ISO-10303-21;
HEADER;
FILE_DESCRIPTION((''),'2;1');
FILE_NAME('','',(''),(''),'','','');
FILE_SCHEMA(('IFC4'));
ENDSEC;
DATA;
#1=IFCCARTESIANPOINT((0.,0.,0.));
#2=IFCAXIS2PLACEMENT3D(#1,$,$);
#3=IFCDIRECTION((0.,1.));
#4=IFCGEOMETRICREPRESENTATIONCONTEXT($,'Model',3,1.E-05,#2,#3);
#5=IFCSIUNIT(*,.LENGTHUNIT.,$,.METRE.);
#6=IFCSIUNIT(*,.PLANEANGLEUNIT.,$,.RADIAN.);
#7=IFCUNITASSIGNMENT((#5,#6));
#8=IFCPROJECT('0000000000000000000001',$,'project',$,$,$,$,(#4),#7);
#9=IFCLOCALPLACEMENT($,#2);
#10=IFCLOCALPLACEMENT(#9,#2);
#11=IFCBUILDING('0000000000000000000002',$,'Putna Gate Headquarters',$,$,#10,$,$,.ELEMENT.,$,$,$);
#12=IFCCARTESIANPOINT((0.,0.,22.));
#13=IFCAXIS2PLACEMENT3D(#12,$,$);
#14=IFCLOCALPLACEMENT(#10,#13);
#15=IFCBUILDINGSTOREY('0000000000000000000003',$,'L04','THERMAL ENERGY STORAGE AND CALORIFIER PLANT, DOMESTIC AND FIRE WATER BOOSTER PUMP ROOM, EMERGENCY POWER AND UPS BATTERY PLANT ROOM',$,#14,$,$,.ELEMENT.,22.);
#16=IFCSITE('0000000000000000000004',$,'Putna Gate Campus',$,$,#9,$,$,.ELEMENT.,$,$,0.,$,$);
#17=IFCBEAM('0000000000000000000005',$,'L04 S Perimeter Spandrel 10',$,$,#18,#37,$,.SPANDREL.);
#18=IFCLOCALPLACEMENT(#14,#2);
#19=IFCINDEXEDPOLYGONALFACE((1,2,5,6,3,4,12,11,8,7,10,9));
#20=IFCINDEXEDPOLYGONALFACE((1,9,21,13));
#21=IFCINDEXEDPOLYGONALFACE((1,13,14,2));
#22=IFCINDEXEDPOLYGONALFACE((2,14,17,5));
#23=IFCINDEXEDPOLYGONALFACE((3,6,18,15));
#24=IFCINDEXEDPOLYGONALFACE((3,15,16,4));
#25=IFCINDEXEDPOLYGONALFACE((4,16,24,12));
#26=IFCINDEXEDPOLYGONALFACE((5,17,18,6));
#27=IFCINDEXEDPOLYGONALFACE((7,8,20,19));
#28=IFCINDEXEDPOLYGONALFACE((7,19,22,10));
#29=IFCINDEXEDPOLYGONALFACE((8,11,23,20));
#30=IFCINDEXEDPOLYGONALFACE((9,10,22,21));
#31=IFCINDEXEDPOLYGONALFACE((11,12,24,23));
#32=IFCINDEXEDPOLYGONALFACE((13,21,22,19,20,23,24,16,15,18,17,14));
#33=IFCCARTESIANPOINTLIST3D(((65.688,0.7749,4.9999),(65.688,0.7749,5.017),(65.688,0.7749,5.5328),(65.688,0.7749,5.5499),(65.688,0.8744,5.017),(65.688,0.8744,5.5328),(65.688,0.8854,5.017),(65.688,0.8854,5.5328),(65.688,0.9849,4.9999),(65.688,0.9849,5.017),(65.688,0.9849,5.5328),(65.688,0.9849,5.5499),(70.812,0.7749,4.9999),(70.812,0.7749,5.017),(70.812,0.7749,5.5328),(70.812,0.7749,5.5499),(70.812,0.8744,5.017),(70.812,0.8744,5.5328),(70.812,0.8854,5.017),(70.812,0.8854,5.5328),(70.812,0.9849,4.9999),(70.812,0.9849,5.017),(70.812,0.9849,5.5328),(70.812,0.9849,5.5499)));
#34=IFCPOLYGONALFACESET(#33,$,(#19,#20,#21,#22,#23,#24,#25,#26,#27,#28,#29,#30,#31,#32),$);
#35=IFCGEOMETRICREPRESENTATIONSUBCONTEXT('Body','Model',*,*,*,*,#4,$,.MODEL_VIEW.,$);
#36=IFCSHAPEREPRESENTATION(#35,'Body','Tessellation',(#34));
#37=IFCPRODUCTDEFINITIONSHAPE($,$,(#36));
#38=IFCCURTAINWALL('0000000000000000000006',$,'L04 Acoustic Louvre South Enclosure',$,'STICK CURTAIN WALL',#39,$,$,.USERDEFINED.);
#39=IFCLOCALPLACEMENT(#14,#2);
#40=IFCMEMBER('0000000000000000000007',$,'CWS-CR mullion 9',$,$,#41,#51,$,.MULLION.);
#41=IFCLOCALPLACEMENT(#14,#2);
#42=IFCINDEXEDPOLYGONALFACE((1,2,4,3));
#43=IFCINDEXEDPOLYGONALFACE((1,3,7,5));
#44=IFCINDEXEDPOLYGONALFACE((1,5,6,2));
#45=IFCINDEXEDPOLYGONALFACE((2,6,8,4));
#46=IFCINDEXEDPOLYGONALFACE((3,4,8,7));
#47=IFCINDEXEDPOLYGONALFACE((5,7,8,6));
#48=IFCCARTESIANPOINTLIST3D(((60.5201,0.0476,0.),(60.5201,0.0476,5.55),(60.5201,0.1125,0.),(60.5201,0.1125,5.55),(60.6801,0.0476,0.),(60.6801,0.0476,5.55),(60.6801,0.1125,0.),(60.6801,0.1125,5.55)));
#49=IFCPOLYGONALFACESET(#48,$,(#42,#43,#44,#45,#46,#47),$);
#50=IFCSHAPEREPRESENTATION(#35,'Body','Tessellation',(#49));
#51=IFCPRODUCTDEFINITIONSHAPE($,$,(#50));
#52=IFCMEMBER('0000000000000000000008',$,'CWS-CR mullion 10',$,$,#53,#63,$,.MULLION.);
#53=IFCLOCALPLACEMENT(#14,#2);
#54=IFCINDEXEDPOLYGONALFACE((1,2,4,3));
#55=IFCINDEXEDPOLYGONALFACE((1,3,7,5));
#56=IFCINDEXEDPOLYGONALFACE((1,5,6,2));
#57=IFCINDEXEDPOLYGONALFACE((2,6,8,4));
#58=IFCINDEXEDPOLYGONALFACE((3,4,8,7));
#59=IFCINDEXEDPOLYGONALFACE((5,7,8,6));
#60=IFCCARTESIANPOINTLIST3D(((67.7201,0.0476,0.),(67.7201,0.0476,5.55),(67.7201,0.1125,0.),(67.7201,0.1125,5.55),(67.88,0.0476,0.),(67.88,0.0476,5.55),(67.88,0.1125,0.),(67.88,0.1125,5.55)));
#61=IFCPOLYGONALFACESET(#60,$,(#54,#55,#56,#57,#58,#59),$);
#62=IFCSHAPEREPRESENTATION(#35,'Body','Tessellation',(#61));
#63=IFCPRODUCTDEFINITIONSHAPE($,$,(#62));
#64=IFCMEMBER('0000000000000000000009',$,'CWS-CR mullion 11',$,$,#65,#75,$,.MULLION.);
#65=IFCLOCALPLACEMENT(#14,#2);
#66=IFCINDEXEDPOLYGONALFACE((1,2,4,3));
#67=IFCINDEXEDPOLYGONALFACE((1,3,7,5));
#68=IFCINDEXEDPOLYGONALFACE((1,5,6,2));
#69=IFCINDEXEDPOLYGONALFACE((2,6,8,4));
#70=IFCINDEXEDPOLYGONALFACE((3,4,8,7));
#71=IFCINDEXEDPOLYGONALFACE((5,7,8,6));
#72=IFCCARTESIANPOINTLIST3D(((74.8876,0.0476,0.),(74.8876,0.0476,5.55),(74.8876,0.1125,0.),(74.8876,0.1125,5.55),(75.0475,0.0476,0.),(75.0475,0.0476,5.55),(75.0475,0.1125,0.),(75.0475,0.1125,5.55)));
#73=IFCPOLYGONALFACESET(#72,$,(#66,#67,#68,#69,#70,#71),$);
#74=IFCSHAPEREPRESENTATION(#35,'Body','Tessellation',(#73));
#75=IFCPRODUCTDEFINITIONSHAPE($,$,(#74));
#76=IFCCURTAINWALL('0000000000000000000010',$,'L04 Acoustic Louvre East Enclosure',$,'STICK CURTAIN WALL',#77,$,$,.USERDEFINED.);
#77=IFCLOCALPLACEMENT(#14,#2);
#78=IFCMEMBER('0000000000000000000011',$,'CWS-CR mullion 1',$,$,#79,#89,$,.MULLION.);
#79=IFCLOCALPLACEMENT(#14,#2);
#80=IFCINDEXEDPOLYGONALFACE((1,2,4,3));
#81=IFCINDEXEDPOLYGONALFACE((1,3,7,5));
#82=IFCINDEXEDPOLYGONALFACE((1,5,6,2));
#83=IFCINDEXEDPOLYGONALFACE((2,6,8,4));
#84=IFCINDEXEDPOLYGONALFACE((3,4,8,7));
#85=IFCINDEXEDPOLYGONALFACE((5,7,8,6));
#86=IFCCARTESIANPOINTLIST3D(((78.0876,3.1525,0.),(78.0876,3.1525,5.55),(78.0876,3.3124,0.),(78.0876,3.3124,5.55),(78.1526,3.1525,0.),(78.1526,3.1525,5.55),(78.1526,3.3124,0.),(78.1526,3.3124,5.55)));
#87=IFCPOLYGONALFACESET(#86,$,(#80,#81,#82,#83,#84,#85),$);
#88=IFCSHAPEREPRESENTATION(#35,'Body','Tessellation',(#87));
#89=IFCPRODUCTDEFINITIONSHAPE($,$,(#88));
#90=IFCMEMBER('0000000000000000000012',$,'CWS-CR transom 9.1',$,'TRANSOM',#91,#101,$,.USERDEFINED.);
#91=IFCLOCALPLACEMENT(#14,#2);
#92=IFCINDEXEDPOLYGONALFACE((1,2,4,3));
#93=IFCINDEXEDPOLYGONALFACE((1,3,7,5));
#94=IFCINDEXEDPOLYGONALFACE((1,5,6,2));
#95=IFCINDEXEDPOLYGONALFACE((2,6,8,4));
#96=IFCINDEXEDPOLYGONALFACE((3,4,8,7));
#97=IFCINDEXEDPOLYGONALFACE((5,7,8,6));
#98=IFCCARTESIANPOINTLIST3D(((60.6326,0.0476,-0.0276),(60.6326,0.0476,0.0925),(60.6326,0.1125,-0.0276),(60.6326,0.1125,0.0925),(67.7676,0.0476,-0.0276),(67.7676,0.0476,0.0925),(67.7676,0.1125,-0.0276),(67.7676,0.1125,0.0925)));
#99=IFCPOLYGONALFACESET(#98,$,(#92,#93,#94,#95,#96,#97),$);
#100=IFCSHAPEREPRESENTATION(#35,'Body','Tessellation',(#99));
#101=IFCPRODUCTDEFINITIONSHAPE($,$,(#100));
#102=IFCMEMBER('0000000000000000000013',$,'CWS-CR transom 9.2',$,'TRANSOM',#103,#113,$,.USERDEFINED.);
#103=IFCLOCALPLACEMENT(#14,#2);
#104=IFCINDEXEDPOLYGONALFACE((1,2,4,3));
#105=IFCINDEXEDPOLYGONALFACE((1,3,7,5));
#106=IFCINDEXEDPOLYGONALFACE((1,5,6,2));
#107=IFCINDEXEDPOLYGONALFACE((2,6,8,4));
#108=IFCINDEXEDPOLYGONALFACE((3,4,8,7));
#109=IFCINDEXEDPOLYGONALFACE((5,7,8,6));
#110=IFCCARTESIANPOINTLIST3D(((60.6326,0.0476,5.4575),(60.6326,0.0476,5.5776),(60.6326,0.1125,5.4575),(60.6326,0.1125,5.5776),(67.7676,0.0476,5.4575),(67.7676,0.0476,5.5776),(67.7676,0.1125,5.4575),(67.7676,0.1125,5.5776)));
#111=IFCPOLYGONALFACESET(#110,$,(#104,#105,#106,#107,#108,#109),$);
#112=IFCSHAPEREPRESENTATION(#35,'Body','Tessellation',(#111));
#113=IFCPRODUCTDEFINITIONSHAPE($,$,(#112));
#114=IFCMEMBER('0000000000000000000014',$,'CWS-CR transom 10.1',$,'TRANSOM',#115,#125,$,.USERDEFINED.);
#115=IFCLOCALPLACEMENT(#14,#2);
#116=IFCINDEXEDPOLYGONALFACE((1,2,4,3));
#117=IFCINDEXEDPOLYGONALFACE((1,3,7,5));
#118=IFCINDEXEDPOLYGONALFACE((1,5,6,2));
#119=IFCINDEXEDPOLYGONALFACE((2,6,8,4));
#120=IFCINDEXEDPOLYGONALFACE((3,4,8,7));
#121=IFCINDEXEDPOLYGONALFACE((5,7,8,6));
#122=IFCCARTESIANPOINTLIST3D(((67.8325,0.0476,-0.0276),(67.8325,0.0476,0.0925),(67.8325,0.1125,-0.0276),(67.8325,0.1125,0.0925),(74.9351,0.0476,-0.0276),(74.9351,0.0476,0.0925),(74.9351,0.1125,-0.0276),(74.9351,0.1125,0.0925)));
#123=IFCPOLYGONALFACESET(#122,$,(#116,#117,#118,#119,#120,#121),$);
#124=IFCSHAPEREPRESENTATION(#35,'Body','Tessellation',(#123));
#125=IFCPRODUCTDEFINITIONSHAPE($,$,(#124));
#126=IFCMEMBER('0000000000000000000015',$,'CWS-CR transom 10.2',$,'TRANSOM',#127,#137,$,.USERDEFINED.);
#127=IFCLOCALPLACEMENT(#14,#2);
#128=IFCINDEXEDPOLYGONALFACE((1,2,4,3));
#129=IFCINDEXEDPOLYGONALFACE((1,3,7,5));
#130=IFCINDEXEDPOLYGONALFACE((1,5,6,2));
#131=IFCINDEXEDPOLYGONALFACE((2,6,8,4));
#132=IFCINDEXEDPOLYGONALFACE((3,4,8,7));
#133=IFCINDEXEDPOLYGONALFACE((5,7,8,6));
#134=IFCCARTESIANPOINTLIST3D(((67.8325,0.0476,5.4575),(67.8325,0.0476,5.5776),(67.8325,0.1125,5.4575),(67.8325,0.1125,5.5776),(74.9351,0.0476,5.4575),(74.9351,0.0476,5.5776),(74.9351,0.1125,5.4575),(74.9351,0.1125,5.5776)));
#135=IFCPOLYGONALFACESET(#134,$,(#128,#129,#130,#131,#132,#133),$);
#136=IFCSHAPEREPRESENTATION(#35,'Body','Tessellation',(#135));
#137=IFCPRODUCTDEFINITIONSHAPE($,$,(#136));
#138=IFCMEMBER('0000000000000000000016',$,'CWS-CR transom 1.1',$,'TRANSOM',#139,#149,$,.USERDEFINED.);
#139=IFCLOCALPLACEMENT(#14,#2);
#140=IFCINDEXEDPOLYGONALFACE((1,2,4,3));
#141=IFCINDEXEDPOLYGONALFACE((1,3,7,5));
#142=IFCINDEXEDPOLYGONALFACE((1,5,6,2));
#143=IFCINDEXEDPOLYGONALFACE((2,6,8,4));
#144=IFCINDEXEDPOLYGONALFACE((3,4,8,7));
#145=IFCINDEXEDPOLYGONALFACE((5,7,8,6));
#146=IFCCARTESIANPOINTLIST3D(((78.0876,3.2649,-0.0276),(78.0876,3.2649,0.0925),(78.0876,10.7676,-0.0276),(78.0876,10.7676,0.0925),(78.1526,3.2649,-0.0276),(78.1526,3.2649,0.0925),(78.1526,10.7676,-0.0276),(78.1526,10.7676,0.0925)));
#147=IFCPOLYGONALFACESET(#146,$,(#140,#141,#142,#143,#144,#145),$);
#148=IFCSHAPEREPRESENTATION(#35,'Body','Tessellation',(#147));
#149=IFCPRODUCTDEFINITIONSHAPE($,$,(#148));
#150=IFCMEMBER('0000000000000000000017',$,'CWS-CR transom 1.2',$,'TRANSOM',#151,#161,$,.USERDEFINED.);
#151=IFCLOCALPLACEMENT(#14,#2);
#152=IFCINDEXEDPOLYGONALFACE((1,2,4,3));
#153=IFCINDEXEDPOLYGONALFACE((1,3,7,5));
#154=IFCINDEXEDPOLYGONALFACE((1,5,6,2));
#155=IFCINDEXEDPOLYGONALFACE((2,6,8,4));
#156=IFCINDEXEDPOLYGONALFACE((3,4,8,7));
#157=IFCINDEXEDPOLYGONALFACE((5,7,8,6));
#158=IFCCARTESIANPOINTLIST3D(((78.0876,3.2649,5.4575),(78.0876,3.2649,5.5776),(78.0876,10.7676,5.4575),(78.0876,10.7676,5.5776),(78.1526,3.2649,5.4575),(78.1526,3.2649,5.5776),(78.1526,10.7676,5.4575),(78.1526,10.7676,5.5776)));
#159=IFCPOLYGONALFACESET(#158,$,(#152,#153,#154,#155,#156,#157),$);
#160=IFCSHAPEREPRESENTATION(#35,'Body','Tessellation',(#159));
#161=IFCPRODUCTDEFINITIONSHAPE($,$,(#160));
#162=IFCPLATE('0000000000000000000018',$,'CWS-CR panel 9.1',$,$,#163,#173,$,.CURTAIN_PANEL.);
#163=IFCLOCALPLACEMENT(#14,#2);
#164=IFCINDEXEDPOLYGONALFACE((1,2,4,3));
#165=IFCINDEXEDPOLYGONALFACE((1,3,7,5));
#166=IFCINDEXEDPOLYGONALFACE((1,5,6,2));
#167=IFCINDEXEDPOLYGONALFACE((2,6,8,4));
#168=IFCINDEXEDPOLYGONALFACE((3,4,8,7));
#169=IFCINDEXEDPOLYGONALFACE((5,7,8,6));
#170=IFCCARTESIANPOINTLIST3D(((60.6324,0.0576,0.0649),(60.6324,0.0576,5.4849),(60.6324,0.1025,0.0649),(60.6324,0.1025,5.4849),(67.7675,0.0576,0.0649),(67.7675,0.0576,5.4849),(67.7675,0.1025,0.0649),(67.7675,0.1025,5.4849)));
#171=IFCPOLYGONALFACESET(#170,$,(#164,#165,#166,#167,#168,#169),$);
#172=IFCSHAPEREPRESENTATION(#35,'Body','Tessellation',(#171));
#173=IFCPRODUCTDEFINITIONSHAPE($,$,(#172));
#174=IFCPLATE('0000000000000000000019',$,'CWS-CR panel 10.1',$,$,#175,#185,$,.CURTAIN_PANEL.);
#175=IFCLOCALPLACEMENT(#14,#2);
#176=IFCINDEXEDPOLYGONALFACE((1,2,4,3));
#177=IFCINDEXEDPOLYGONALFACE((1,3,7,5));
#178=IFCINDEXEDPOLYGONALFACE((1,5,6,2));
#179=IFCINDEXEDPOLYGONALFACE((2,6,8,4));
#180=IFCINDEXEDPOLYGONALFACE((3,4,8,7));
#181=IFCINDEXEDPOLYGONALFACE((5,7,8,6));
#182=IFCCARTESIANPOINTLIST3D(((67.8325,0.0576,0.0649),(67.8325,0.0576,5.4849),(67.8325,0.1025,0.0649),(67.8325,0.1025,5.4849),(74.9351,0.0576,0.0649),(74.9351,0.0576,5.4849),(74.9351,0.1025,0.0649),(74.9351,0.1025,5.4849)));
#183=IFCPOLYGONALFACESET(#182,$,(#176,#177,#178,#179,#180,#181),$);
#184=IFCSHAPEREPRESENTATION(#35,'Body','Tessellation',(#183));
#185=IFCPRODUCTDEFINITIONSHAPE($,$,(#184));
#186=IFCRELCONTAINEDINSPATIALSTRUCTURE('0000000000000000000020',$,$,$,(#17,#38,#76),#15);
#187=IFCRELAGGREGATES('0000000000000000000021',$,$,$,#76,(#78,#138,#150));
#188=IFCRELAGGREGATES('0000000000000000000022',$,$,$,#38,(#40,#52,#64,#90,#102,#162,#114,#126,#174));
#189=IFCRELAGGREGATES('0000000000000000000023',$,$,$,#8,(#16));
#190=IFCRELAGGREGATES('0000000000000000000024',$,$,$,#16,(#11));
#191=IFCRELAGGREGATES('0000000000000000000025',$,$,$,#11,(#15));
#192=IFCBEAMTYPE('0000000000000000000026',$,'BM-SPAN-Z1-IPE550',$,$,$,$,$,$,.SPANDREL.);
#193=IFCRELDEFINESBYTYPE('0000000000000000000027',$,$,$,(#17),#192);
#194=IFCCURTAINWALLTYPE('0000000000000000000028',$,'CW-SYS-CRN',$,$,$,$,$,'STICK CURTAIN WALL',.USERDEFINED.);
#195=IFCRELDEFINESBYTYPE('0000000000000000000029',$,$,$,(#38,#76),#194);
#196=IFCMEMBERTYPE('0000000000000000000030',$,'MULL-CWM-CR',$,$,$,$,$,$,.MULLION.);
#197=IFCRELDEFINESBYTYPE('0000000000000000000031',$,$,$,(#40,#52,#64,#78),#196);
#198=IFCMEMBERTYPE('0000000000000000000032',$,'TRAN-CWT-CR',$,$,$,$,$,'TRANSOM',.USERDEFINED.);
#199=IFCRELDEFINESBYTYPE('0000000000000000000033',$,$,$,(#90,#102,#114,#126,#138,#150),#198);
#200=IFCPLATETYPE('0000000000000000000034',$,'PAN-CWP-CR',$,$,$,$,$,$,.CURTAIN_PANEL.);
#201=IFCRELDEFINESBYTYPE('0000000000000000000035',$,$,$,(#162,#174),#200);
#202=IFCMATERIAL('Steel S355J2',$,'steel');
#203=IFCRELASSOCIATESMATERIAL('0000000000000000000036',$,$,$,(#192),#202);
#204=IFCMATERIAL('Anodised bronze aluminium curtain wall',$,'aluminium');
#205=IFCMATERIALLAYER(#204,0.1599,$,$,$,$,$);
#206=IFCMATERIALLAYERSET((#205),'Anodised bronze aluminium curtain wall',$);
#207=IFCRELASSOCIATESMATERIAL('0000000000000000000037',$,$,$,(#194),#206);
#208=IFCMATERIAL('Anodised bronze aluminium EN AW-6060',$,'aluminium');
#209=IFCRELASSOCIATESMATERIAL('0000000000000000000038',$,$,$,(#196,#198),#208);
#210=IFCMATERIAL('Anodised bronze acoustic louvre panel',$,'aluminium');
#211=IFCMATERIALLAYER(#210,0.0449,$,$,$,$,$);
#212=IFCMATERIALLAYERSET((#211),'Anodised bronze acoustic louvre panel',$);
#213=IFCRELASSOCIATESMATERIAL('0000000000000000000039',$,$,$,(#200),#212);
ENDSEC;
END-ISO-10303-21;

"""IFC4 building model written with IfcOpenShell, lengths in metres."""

from ifc_helpers import new_model, si_unit, direction, frame, origin, origin_2d, place, context, subcontext, project, spatial, rectangle, i_section, extrude, material, layer, layer_set, material_profile, profile_set, type_object, element, aggregate, save


model = new_model("IFC4")

# Units and contexts
model_context = context("Model", 3, precision=1e-05, world=origin(), true_north=direction((0.0, 1.0)))
body_context = subcontext(model_context, "Body", "Model", "MODEL_VIEW")
ifc_project = project(units=[si_unit("LENGTHUNIT", "METRE"), si_unit("PLANEANGLEUNIT", "RADIAN")], contexts=[model_context])

# Site, building, storey
site_placement = place(None, origin())
site = spatial("IfcSite", under=ifc_project, at=site_placement, Name="Putna Gate Campus", CompositionType="ELEMENT", RefElevation=0.0)
building_placement = place(site_placement, origin())
building = spatial("IfcBuilding", under=site, at=building_placement, Name="Putna Gate Headquarters", CompositionType="ELEMENT")
storey_placement = place(building_placement, frame((0.0, 0.0, 22.0)))
storey = spatial("IfcBuildingStorey", under=building, at=storey_placement, Name="L04", Description="THERMAL ENERGY STORAGE AND CALORIFIER PLANT, DOMESTIC AND FIRE WATER BOOSTER PUMP ROOM, EMERGENCY POWER AND UPS BATTERY PLANT ROOM", CompositionType="ELEMENT", Elevation=22.0)

# Beam
ifc_material_1 = material(Name="Steel S355J2", Category="steel")
ifc_material_profile_1 = material_profile(ifc_material_1, i_section(OverallWidth=0.21, OverallDepth=0.55, WebThickness=0.011, FlangeThickness=0.0171, at=origin_2d()), Name="Steel S355J2")
ifc_profile_set_1 = profile_set([ifc_material_profile_1], Name="Steel S355J2")
beam_type_1 = type_object("IfcBeamType", Name="BM-SPAN-Z1-IPE550", PredefinedType="SPANDREL", material=ifc_profile_set_1)
for number, where, z_axis, x_axis, name in (
    (1, (65.688, 0.8799, 5.2749), (1.0, 0.0, 0.0), (0.0, 1.0, 0.0), "L04 S Perimeter Spandrel 10"),
):
    element("IfcBeam", number, at=place(storey_placement, frame(where, z_axis=z_axis, x_axis=x_axis)), inside=storey, type_object=beam_type_1, Name=name, PredefinedType="SPANDREL", context=body_context, shape_type="SweptSolid", body=[
        extrude(i_section(OverallWidth=0.21, OverallDepth=0.55, WebThickness=0.011, FlangeThickness=0.0171, at=origin_2d()), origin(), (0.0, 0.0, 1.0), 5.124),
    ])

# Curtain wall, members
ifc_material_2 = material(Name="Anodised bronze aluminium curtain wall", Category="aluminium")
ifc_layer_1 = layer(ifc_material_2, 0.1599)
ifc_layer_set_1 = layer_set([ifc_layer_1], Name="Anodised bronze aluminium curtain wall")
curtain_wall_type = type_object("IfcCurtainWallType", Name="CW-SYS-CRN", ElementType="STICK CURTAIN WALL", PredefinedType="USERDEFINED", material=ifc_layer_set_1)
curtain_wall_1_placement = place(storey_placement, origin())
curtain_wall_1 = element("IfcCurtainWall", 2, at=curtain_wall_1_placement, inside=storey, type_object=curtain_wall_type, Name="L04 Acoustic Louvre South Enclosure", ObjectType="STICK CURTAIN WALL", PredefinedType="USERDEFINED")
ifc_material_3 = material(Name="Anodised bronze aluminium EN AW-6060", Category="aluminium")
ifc_material_profile_2 = material_profile(ifc_material_3, rectangle(XDim=0.0649, YDim=0.1599, at=origin_2d()), Name="Anodised bronze aluminium EN AW-6060")
ifc_profile_set_2 = profile_set([ifc_material_profile_2], Name="Anodised bronze aluminium EN AW-6060")
member_type_1 = type_object("IfcMemberType", Name="MULL-CWM-CR", PredefinedType="MULLION", material=ifc_profile_set_2)
member_1_placement = place(storey_placement, frame((60.6001, 0.0801, 0.0), z_axis=(0.0, 0.0, 1.0), x_axis=(0.0, 1.0, 0.0)))
member_1 = element("IfcMember", 3, at=member_1_placement, type_object=member_type_1, Name="CWS-CR mullion 9", PredefinedType="MULLION", context=body_context, shape_type="SweptSolid", body=[
    extrude(rectangle(XDim=0.0649, YDim=0.1599, at=origin_2d()), origin(), (0.0, 0.0, 1.0), 5.55),
])
member_2_placement = place(storey_placement, frame((67.8, 0.0801, 0.0), z_axis=(0.0, 0.0, 1.0), x_axis=(0.0, 1.0, 0.0)))
member_2 = element("IfcMember", 4, at=member_2_placement, type_object=member_type_1, Name="CWS-CR mullion 10", PredefinedType="MULLION", context=body_context, shape_type="SweptSolid", body=[
    extrude(rectangle(XDim=0.0649, YDim=0.1599, at=origin_2d()), origin(), (0.0, 0.0, 1.0), 5.55),
])
member_3_placement = place(storey_placement, frame((74.9675, 0.0801, 0.0), z_axis=(0.0, 0.0, 1.0), x_axis=(0.0, 1.0, 0.0)))
member_3 = element("IfcMember", 5, at=member_3_placement, type_object=member_type_1, Name="CWS-CR mullion 11", PredefinedType="MULLION", context=body_context, shape_type="SweptSolid", body=[
    extrude(rectangle(XDim=0.0649, YDim=0.1599, at=origin_2d()), origin(), (0.0, 0.0, 1.0), 5.55),
])

# Curtain wall, member
curtain_wall_2_placement = place(storey_placement, origin())
curtain_wall_2 = element("IfcCurtainWall", 6, at=curtain_wall_2_placement, inside=storey, type_object=curtain_wall_type, Name="L04 Acoustic Louvre East Enclosure", ObjectType="STICK CURTAIN WALL", PredefinedType="USERDEFINED")
member_4_placement = place(storey_placement, frame((78.1201, 3.2324, 0.0), z_axis=(0.0, 0.0, 1.0), x_axis=(-1.0, 0.0, 0.0)))
member_4 = element("IfcMember", 7, at=member_4_placement, type_object=member_type_1, Name="CWS-CR mullion 1", PredefinedType="MULLION", context=body_context, shape_type="SweptSolid", body=[
    extrude(rectangle(XDim=0.0649, YDim=0.1599, at=origin_2d()), origin(), (0.0, 0.0, 1.0), 5.55),
])

# Members
ifc_material_profile_3 = material_profile(ifc_material_3, rectangle(XDim=0.0649, YDim=0.1201, at=origin_2d()), Name="Anodised bronze aluminium EN AW-6060")
ifc_profile_set_3 = profile_set([ifc_material_profile_3], Name="Anodised bronze aluminium EN AW-6060")
member_type_2 = type_object("IfcMemberType", Name="TRAN-CWT-CR", ElementType="TRANSOM", PredefinedType="USERDEFINED", material=ifc_profile_set_3)
member_5_placement = place(storey_placement, frame((60.6326, 0.0801, 0.0325), z_axis=(1.0, 0.0, 0.0), x_axis=(0.0, 1.0, 0.0)))
member_5 = element("IfcMember", 8, at=member_5_placement, type_object=member_type_2, Name="CWS-CR transom 9.1", ObjectType="TRANSOM", PredefinedType="USERDEFINED", context=body_context, shape_type="SweptSolid", body=[
    extrude(rectangle(XDim=0.0649, YDim=0.1201, at=origin_2d()), origin(), (0.0, 0.0, 1.0), 7.135),
])
member_6_placement = place(storey_placement, frame((60.6326, 0.0801, 5.5176), z_axis=(1.0, 0.0, 0.0), x_axis=(0.0, 1.0, 0.0)))
member_6 = element("IfcMember", 9, at=member_6_placement, type_object=member_type_2, Name="CWS-CR transom 9.2", ObjectType="TRANSOM", PredefinedType="USERDEFINED", context=body_context, shape_type="SweptSolid", body=[
    extrude(rectangle(XDim=0.0649, YDim=0.1201, at=origin_2d()), origin(), (0.0, 0.0, 1.0), 7.135),
])
member_7_placement = place(storey_placement, frame((67.8325, 0.0801, 0.0325), z_axis=(1.0, 0.0, 0.0), x_axis=(0.0, 1.0, 0.0)))
member_7 = element("IfcMember", 10, at=member_7_placement, type_object=member_type_2, Name="CWS-CR transom 10.1", ObjectType="TRANSOM", PredefinedType="USERDEFINED", context=body_context, shape_type="SweptSolid", body=[
    extrude(rectangle(XDim=0.0649, YDim=0.1201, at=origin_2d()), origin(), (0.0, 0.0, 1.0), 7.1025),
])
member_8_placement = place(storey_placement, frame((67.8325, 0.0801, 5.5176), z_axis=(1.0, 0.0, 0.0), x_axis=(0.0, 1.0, 0.0)))
member_8 = element("IfcMember", 11, at=member_8_placement, type_object=member_type_2, Name="CWS-CR transom 10.2", ObjectType="TRANSOM", PredefinedType="USERDEFINED", context=body_context, shape_type="SweptSolid", body=[
    extrude(rectangle(XDim=0.0649, YDim=0.1201, at=origin_2d()), origin(), (0.0, 0.0, 1.0), 7.1025),
])
member_9_placement = place(storey_placement, frame((78.1201, 3.2649, 0.0325), z_axis=(0.0, 1.0, 0.0), x_axis=(-1.0, 0.0, 0.0)))
member_9 = element("IfcMember", 12, at=member_9_placement, type_object=member_type_2, Name="CWS-CR transom 1.1", ObjectType="TRANSOM", PredefinedType="USERDEFINED", context=body_context, shape_type="SweptSolid", body=[
    extrude(rectangle(XDim=0.0649, YDim=0.1201, at=origin_2d()), origin(), (0.0, 0.0, 1.0), 7.5027),
])
member_10_placement = place(storey_placement, frame((78.1201, 3.2649, 5.5176), z_axis=(0.0, 1.0, 0.0), x_axis=(-1.0, 0.0, 0.0)))
member_10 = element("IfcMember", 13, at=member_10_placement, type_object=member_type_2, Name="CWS-CR transom 1.2", ObjectType="TRANSOM", PredefinedType="USERDEFINED", context=body_context, shape_type="SweptSolid", body=[
    extrude(rectangle(XDim=0.0649, YDim=0.1201, at=origin_2d()), origin(), (0.0, 0.0, 1.0), 7.5027),
])
aggregate(curtain_wall_2, [member_4, member_9, member_10])

# Plates
ifc_material_4 = material(Name="Anodised bronze acoustic louvre panel", Category="aluminium")
ifc_layer_2 = layer(ifc_material_4, 0.0449)
ifc_layer_set_2 = layer_set([ifc_layer_2], Name="Anodised bronze acoustic louvre panel")
plate_type = type_object("IfcPlateType", Name="PAN-CWP-CR", PredefinedType="CURTAIN_PANEL", material=ifc_layer_set_2)
plate_1_placement = place(storey_placement, frame((64.2, 0.0801, 0.0649), z_axis=(0.0, 0.0, 1.0), x_axis=(1.0, 0.0, 0.0)))
plate_1 = element("IfcPlate", 14, at=plate_1_placement, type_object=plate_type, Name="CWS-CR panel 9.1", PredefinedType="CURTAIN_PANEL", context=body_context, shape_type="SweptSolid", body=[
    extrude(rectangle(XDim=7.135, YDim=0.0449, at=origin_2d()), origin(), (0.0, 0.0, 1.0), 5.4199),
])
plate_2_placement = place(storey_placement, frame((71.3838, 0.0801, 0.0649), z_axis=(0.0, 0.0, 1.0), x_axis=(1.0, 0.0, 0.0)))
plate_2 = element("IfcPlate", 15, at=plate_2_placement, type_object=plate_type, Name="CWS-CR panel 10.1", PredefinedType="CURTAIN_PANEL", context=body_context, shape_type="SweptSolid", body=[
    extrude(rectangle(XDim=7.1025, YDim=0.0449, at=origin_2d()), origin(), (0.0, 0.0, 1.0), 5.4199),
])
aggregate(curtain_wall_1, [member_1, member_2, member_3, member_5, member_6, plate_1, member_7, member_8, plate_2])

save(model, "model.ifc")
